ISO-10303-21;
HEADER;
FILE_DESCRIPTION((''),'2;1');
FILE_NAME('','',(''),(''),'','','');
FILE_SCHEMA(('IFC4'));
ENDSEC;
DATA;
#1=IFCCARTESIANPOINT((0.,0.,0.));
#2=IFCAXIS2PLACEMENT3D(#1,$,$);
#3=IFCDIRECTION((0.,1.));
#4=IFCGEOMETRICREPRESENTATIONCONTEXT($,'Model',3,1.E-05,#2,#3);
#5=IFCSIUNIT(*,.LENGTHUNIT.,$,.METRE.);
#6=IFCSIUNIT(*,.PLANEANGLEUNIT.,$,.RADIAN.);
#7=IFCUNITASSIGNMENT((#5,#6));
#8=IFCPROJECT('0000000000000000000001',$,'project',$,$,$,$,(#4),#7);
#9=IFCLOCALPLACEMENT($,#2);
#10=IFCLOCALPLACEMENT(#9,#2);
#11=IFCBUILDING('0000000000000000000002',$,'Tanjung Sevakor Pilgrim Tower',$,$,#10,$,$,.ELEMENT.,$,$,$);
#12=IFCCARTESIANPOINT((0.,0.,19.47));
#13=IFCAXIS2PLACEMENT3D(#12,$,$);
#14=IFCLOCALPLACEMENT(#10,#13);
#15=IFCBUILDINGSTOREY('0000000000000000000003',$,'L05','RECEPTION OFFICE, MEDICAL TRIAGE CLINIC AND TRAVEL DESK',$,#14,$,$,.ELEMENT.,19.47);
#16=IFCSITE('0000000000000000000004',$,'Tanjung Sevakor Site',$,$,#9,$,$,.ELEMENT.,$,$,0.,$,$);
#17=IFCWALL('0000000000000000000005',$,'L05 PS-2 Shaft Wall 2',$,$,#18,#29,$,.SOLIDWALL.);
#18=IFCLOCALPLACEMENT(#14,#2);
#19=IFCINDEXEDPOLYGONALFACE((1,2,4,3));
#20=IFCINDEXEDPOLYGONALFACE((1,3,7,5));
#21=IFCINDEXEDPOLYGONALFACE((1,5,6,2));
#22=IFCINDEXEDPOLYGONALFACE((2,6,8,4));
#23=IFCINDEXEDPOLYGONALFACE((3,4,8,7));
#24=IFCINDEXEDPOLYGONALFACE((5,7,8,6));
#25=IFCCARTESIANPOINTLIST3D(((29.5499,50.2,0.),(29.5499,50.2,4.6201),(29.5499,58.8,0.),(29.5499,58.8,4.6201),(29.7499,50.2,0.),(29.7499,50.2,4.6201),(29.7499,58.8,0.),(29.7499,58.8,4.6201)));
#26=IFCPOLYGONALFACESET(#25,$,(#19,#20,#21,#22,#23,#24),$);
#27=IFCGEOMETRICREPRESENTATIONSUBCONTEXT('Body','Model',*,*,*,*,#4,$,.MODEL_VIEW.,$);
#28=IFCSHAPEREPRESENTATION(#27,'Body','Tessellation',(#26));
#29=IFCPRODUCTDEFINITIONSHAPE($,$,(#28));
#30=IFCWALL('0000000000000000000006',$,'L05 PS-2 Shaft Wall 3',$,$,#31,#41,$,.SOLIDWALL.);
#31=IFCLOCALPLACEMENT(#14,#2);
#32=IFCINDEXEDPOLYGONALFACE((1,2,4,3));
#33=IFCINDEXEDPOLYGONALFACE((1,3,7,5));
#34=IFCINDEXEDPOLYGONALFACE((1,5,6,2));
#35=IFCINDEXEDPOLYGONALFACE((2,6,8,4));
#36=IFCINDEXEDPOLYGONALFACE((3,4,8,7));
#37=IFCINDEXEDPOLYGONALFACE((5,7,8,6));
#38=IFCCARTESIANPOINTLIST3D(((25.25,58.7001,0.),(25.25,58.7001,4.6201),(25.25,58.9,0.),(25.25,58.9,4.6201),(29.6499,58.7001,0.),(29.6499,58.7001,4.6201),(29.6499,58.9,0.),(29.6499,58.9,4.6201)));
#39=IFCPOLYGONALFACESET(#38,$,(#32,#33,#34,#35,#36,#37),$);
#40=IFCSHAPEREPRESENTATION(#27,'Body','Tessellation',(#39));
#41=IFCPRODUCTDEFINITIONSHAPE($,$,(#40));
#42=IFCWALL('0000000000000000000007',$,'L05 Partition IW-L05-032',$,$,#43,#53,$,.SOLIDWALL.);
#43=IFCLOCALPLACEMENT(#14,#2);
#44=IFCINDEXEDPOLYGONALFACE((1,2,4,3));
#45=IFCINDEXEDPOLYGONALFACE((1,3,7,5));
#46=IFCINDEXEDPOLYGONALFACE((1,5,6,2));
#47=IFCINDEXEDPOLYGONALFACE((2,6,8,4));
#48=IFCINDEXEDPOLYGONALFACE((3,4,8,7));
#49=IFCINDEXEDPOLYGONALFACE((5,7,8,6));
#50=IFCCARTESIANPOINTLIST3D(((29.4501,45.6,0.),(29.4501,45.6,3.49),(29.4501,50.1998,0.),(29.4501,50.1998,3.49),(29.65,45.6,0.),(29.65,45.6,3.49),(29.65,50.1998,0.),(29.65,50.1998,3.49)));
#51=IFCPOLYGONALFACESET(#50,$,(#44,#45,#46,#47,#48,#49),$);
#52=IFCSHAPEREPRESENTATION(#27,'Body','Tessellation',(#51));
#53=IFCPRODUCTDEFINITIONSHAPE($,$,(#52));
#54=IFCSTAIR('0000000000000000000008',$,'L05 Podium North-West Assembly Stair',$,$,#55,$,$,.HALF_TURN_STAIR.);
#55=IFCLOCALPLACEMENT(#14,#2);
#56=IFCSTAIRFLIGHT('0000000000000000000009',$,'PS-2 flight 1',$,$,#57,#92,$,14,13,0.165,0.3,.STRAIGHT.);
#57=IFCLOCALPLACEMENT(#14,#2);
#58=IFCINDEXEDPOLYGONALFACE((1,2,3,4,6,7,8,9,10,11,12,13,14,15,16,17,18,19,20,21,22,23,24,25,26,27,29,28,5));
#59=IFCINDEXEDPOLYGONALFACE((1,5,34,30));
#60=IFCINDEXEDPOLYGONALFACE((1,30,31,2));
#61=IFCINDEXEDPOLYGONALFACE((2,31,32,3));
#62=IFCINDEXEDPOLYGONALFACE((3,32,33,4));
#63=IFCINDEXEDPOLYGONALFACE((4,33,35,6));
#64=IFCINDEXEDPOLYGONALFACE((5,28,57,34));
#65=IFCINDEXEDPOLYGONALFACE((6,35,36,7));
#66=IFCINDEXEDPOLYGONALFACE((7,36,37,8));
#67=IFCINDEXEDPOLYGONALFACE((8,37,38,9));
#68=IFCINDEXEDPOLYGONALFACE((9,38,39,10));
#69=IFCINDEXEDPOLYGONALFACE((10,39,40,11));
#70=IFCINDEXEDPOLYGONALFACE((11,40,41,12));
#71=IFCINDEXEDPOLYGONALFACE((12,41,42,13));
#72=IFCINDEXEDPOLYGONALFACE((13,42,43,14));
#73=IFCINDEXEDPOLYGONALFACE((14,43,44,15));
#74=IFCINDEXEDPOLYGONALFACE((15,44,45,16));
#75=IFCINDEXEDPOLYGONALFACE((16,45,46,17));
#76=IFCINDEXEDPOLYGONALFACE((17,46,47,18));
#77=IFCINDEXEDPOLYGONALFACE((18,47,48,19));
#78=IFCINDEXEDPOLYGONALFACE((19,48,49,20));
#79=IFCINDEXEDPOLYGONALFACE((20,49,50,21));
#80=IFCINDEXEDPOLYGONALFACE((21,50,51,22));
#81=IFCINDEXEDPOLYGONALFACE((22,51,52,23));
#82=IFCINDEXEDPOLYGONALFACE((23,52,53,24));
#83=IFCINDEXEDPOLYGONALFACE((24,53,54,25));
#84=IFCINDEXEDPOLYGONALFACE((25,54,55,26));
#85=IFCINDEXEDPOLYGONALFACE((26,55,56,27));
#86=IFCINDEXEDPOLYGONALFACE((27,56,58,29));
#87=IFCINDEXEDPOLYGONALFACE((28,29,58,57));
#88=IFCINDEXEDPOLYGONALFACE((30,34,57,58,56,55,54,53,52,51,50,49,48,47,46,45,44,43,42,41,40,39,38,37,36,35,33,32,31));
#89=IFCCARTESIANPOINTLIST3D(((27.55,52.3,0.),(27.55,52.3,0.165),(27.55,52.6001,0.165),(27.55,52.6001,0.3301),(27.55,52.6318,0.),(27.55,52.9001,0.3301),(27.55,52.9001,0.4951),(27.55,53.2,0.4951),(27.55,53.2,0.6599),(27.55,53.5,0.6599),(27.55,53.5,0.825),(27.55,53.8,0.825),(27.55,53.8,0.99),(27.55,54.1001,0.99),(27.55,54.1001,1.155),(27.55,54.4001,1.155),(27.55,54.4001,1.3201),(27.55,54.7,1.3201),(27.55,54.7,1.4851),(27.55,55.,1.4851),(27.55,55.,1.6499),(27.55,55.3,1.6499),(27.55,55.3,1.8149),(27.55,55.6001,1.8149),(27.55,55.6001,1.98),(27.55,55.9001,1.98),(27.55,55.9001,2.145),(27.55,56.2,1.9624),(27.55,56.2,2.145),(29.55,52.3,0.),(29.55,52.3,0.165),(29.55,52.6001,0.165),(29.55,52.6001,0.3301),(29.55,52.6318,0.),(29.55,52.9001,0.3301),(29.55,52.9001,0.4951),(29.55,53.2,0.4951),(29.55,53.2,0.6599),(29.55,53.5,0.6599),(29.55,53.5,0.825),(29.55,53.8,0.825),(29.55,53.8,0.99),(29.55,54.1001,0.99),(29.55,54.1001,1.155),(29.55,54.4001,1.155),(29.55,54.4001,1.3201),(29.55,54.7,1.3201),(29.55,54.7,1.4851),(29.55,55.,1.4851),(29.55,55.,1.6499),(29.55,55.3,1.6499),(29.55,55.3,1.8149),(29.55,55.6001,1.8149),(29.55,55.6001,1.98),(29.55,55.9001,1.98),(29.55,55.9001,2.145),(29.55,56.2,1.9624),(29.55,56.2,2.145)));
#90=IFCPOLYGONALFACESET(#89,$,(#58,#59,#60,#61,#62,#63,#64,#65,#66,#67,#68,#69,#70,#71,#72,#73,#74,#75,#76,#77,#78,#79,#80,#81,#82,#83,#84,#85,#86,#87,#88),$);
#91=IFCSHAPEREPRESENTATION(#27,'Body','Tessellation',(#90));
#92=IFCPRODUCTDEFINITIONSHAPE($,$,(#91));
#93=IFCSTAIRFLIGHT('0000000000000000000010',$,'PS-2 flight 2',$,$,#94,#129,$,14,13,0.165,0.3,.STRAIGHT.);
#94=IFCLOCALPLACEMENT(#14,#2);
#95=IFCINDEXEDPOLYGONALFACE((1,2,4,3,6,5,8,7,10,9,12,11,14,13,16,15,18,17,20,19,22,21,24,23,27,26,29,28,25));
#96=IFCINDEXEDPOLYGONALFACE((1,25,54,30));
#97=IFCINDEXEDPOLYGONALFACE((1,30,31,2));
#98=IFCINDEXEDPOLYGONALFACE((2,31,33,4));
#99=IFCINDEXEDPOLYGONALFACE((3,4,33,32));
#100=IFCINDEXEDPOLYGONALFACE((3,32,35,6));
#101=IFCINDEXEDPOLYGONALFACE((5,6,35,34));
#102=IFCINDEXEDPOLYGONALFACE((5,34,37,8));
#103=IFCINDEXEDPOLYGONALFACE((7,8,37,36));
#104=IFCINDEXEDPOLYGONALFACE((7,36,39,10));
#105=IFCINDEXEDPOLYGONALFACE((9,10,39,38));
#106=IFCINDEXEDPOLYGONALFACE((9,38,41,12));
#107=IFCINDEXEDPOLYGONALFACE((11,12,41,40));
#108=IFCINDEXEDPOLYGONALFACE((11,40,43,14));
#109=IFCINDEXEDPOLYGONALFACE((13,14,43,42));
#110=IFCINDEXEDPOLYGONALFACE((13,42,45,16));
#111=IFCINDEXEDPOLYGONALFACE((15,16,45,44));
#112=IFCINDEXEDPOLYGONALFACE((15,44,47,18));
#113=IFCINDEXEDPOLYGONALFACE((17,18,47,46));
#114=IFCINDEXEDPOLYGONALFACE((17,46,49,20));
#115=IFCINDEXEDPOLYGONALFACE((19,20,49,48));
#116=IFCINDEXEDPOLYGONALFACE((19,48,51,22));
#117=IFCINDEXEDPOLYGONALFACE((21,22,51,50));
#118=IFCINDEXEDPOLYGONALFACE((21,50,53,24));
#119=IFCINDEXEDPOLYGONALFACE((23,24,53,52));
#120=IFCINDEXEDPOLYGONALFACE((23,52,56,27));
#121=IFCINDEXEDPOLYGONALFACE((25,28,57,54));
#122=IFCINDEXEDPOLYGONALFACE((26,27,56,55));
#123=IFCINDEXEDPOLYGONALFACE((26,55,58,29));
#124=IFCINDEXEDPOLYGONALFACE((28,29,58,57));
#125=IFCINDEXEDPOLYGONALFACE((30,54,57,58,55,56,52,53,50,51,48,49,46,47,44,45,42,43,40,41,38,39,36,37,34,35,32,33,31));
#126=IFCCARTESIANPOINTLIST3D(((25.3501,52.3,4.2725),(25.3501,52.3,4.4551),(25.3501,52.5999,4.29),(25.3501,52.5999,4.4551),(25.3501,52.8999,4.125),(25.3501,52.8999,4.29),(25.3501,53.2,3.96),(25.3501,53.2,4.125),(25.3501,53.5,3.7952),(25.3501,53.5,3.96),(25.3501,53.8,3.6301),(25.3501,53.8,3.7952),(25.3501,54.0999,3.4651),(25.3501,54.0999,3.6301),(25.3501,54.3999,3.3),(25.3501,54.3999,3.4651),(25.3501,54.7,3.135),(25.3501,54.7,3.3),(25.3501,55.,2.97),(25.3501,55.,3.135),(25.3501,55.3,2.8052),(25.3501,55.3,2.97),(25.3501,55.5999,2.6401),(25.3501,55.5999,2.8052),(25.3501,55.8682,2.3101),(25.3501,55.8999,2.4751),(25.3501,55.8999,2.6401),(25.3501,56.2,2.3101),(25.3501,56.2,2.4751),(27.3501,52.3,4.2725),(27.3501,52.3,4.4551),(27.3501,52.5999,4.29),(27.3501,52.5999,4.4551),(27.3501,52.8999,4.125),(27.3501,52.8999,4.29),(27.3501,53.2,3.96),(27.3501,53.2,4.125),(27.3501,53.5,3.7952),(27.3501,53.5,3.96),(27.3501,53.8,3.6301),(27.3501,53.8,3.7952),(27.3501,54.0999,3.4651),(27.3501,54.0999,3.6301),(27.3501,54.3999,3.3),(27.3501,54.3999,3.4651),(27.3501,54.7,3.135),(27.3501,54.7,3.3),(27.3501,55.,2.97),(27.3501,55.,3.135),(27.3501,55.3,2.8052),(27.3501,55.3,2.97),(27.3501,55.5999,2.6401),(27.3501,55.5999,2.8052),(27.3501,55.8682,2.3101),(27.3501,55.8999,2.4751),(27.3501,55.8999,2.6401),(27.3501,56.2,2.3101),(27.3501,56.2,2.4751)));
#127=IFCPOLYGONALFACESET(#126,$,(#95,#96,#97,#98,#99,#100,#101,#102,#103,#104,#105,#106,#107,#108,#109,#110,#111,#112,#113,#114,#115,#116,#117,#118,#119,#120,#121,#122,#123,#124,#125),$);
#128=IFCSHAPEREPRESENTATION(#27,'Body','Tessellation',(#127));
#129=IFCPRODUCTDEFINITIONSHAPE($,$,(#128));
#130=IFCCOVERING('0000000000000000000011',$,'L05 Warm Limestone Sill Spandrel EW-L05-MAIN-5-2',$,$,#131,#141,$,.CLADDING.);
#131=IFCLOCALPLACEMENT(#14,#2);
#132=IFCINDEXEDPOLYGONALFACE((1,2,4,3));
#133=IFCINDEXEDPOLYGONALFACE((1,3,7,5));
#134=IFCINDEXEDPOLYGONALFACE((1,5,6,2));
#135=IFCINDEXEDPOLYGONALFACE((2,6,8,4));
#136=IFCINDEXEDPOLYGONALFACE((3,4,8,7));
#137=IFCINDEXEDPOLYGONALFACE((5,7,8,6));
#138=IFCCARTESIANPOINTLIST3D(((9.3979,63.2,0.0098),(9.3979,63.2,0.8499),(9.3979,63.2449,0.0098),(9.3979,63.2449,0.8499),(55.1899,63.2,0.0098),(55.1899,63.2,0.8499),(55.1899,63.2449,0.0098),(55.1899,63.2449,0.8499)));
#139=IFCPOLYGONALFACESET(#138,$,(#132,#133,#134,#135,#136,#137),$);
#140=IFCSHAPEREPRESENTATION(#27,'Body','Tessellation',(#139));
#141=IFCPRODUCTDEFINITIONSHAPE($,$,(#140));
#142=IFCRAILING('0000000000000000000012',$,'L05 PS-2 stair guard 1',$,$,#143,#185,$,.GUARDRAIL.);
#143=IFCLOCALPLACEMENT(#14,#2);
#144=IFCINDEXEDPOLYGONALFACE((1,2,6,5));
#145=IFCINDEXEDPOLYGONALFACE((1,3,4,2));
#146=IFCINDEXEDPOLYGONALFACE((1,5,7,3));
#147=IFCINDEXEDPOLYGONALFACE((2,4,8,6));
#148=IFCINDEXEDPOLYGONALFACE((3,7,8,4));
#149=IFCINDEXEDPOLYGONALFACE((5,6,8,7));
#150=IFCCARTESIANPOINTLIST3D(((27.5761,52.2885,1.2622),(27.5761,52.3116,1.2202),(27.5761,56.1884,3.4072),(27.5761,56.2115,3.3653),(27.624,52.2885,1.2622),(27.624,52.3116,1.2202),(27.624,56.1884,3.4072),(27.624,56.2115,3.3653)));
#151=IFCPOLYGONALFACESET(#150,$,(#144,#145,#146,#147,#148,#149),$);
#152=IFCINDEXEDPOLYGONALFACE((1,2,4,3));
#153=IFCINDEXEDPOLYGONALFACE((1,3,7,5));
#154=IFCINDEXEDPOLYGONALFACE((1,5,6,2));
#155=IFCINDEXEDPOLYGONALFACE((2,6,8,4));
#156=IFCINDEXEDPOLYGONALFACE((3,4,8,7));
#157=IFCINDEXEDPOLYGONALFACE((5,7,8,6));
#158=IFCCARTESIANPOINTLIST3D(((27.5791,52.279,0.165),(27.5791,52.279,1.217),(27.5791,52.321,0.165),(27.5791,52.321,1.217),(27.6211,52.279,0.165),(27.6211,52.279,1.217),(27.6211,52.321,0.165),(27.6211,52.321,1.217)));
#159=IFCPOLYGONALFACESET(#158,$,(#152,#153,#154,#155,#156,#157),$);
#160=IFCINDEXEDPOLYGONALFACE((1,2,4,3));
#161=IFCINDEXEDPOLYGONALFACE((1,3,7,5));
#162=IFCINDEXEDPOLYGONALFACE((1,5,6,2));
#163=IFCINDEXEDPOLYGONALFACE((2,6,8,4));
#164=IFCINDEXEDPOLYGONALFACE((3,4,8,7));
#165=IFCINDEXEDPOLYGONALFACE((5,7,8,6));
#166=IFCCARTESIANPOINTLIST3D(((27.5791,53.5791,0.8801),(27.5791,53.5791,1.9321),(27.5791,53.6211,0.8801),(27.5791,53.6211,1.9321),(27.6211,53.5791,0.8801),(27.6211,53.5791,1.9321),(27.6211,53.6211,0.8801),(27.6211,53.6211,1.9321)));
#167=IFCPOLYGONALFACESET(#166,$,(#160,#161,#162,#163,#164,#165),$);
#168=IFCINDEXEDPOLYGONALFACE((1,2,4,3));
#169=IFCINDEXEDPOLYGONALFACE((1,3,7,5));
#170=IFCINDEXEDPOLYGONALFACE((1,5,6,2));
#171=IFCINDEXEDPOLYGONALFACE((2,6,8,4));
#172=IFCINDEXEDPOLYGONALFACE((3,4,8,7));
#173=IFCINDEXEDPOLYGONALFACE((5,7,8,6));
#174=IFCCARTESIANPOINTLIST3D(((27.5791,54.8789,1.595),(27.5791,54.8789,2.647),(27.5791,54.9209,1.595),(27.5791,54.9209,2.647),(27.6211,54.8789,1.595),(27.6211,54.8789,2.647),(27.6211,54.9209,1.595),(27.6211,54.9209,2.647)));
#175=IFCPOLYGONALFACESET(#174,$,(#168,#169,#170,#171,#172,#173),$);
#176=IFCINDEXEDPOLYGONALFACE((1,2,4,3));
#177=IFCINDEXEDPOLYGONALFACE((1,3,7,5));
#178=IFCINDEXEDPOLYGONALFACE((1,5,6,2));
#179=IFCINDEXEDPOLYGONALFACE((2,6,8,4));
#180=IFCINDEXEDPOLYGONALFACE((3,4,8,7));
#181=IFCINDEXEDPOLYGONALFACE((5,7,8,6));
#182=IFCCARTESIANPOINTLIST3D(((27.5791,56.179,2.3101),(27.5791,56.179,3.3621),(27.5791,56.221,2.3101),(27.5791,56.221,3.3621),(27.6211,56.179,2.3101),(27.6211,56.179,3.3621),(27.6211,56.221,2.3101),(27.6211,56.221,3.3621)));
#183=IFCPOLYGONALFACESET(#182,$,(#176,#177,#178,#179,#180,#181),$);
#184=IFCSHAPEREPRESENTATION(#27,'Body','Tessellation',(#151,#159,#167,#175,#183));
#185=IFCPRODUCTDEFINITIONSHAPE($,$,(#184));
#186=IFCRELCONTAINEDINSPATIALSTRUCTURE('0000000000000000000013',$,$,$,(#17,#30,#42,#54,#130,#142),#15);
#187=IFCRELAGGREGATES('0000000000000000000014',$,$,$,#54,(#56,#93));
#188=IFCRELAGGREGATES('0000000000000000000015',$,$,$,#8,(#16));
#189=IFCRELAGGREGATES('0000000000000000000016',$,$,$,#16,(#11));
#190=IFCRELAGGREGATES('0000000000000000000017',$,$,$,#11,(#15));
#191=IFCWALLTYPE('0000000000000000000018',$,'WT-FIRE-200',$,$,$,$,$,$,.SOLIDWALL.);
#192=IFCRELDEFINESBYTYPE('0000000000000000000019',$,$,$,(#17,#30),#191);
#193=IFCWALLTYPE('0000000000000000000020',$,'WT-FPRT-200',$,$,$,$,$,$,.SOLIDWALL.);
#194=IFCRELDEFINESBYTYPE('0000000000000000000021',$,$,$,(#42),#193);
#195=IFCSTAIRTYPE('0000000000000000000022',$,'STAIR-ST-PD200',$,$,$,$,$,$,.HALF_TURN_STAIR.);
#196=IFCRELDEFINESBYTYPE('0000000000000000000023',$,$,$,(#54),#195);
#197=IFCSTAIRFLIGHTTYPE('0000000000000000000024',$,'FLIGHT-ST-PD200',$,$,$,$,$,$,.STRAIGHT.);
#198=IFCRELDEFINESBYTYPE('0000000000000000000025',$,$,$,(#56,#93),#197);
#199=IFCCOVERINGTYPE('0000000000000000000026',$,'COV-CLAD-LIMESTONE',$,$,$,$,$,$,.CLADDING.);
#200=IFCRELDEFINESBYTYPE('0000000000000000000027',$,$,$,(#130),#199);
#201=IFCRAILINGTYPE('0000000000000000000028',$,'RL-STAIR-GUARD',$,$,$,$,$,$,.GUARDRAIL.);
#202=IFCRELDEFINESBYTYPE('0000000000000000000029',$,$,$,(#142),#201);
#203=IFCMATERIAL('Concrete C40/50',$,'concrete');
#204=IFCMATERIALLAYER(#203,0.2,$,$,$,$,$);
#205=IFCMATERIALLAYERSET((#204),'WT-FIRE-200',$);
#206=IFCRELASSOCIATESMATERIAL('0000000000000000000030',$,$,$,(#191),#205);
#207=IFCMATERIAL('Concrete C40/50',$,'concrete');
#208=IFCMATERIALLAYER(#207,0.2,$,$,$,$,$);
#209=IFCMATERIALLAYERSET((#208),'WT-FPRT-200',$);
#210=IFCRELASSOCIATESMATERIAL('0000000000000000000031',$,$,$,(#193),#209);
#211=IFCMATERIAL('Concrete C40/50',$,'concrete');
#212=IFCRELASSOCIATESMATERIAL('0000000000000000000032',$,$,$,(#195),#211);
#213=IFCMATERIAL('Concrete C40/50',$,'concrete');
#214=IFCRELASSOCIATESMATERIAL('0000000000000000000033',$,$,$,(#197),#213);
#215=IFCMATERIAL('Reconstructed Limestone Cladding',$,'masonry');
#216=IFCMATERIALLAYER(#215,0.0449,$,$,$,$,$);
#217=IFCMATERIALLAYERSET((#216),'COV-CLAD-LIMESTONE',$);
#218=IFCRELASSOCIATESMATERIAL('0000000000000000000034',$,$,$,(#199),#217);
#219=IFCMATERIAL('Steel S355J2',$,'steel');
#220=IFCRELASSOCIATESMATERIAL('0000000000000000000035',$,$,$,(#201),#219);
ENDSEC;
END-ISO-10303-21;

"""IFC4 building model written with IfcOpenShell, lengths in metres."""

from ifc_helpers import new_model, si_unit, direction, frame, frame_2d, origin, origin_2d, place, context, subcontext, project, spatial, polyline, rectangle, outline, extrude, material, layer, layer_set, type_object, element, aggregate, save


model = new_model("IFC4")

# Units and contexts
model_context = context("Model", 3, precision=1e-05, world=origin(), true_north=direction((0.0, 1.0)))
body_context = subcontext(model_context, "Body", "Model", "MODEL_VIEW")
ifc_project = project(units=[si_unit("LENGTHUNIT", "METRE"), si_unit("PLANEANGLEUNIT", "RADIAN")], contexts=[model_context])

# Site, building, storey
site_placement = place(None, origin())
site = spatial("IfcSite", under=ifc_project, at=site_placement, Name="Tanjung Sevakor Site", CompositionType="ELEMENT", RefElevation=0.0)
building_placement = place(site_placement, origin())
building = spatial("IfcBuilding", under=site, at=building_placement, Name="Tanjung Sevakor Pilgrim Tower", CompositionType="ELEMENT")
storey_placement = place(building_placement, frame((0.0, 0.0, 19.47)))
storey = spatial("IfcBuildingStorey", under=building, at=storey_placement, Name="L05", Description="RECEPTION OFFICE, MEDICAL TRIAGE CLINIC AND TRAVEL DESK", CompositionType="ELEMENT", Elevation=19.47)

# Walls
ifc_material_1 = material(Name="Concrete C40/50", Category="concrete")
ifc_layer_1 = layer(ifc_material_1, 0.2)
ifc_layer_set_1 = layer_set([ifc_layer_1], Name="WT-FIRE-200")
wall_type_1 = type_object("IfcWallType", Name="WT-FIRE-200", PredefinedType="SOLIDWALL", material=ifc_layer_set_1)
wall_1_placement = place(storey_placement, frame((29.6499, 50.2, 0.0), z_axis=(0.0, 0.0, 1.0), x_axis=(0.0, 1.0, 0.0)))
element("IfcWall", 1, at=wall_1_placement, inside=storey, type_object=wall_type_1, Name="L05 PS-2 Shaft Wall 2", PredefinedType="SOLIDWALL", context=body_context, shape_type="SweptSolid", body=[
    extrude(rectangle(XDim=8.6001, YDim=0.2, at=frame_2d((4.3, 0.0))), origin(), (0.0, 0.0, 1.0), 4.6201),
])
wall_2_placement = place(storey_placement, frame((29.6499, 58.8, 0.0), z_axis=(0.0, 0.0, 1.0), x_axis=(-1.0, 0.0, 0.0)))
element("IfcWall", 2, at=wall_2_placement, inside=storey, type_object=wall_type_1, Name="L05 PS-2 Shaft Wall 3", PredefinedType="SOLIDWALL", context=body_context, shape_type="SweptSolid", body=[
    extrude(rectangle(XDim=4.3999, YDim=0.2, at=frame_2d((2.2, 0.0))), origin(), (0.0, 0.0, 1.0), 4.6201),
])
ifc_material_2 = material(Name="Concrete C40/50", Category="concrete")
ifc_layer_2 = layer(ifc_material_2, 0.2)
ifc_layer_set_2 = layer_set([ifc_layer_2], Name="WT-FPRT-200")
wall_type_2 = type_object("IfcWallType", Name="WT-FPRT-200", PredefinedType="SOLIDWALL", material=ifc_layer_set_2)
wall_3_placement = place(storey_placement, frame((29.55, 45.6001, 0.0), z_axis=(0.0, 0.0, 1.0), x_axis=(0.0, 1.0, 0.0)))
element("IfcWall", 3, at=wall_3_placement, inside=storey, type_object=wall_type_2, Name="L05 Partition IW-L05-032", PredefinedType="SOLIDWALL", context=body_context, shape_type="SweptSolid", body=[
    extrude(rectangle(XDim=4.5999, YDim=0.2, at=frame_2d((2.2998, 0.0))), origin(), (0.0, 0.0, 1.0), 3.49),
])

# Stair, stair flights
ifc_material_3 = material(Name="Concrete C40/50", Category="concrete")
stair_type = type_object("IfcStairType", Name="STAIR-ST-PD200", PredefinedType="HALF_TURN_STAIR", material=ifc_material_3)
stair_placement = place(storey_placement, origin())
stair = element("IfcStair", 4, at=stair_placement, inside=storey, type_object=stair_type, Name="L05 Podium North-West Assembly Stair", PredefinedType="HALF_TURN_STAIR")
ifc_material_4 = material(Name="Concrete C40/50", Category="concrete")
stair_flight_type = type_object("IfcStairFlightType", Name="FLIGHT-ST-PD200", PredefinedType="STRAIGHT", material=ifc_material_4)
stair_flight_1_placement = place(storey_placement, frame((28.55, 52.3, 0.0), z_axis=(0.0, 0.0, 1.0), x_axis=(0.0, 1.0, 0.0)))
stair_flight_1 = element("IfcStairFlight", 5, at=stair_flight_1_placement, type_object=stair_flight_type, Name="PS-2 flight 1", NumberOfRisers=14, NumberOfTreads=13, PredefinedType="STRAIGHT", RiserHeight=0.165, TreadLength=0.3, context=body_context, shape_type="SweptSolid", body=[
    extrude(outline(polyline([(0.0, 0.0), (0.0, 0.165), (0.3, 0.165), (0.3, 0.3301), (0.6001, 0.3301), (0.6001, 0.4951), (0.8999, 0.4951), (0.8999, 0.6599), (1.2, 0.6599), (1.2, 0.825), (1.5, 0.825), (1.5, 0.99), (1.8, 0.99), (1.8, 1.155), (2.1001, 1.155), (2.1001, 1.3201), (2.3999, 1.3201), (2.3999, 1.4851), (2.7, 1.4851), (2.7, 1.6499), (3.0, 1.6499), (3.0, 1.8149), (3.3, 1.8149), (3.3, 1.98), (3.6001, 1.98), (3.6001, 2.145), (3.8999, 2.145), (3.8999, 2.3101), (3.8999, 1.9624), (0.3318, 0.0), (0.0, 0.0)])), frame((0.0, 1.0, 0.0), z_axis=(0.0, -1.0, 0.0), x_axis=(1.0, 0.0, 0.0)), (0.0, 0.0, 1.0), 2.0),
])
stair_flight_2_placement = place(storey_placement, frame((26.3501, 56.2, 2.3101), z_axis=(0.0, 0.0, 1.0), x_axis=(0.0, -1.0, 0.0)))
stair_flight_2 = element("IfcStairFlight", 6, at=stair_flight_2_placement, type_object=stair_flight_type, Name="PS-2 flight 2", NumberOfRisers=14, NumberOfTreads=13, PredefinedType="STRAIGHT", RiserHeight=0.165, TreadLength=0.3, context=body_context, shape_type="SweptSolid", body=[
    extrude(outline(polyline([(0.0, 0.0), (0.0, 0.165), (0.3, 0.165), (0.3, 0.3301), (0.6001, 0.3301), (0.6001, 0.4951), (0.8999, 0.4951), (0.8999, 0.6599), (1.2, 0.6599), (1.2, 0.825), (1.5, 0.825), (1.5, 0.99), (1.8, 0.99), (1.8, 1.155), (2.1001, 1.155), (2.1001, 1.3201), (2.3999, 1.3201), (2.3999, 1.4851), (2.7, 1.4851), (2.7, 1.6499), (3.0, 1.6499), (3.0, 1.8149), (3.3, 1.8149), (3.3, 1.98), (3.6001, 1.98), (3.6001, 2.145), (3.8999, 2.145), (3.8999, 2.3101), (3.8999, 1.9624), (0.3318, 0.0), (0.0, 0.0)])), frame((0.0, 1.0, 0.0), z_axis=(0.0, -1.0, 0.0), x_axis=(1.0, 0.0, 0.0)), (0.0, 0.0, 1.0), 2.0),
])
aggregate(stair, [stair_flight_1, stair_flight_2])

# Covering
ifc_material_5 = material(Name="Reconstructed Limestone Cladding", Category="masonry")
ifc_layer_3 = layer(ifc_material_5, 0.0449)
ifc_layer_set_3 = layer_set([ifc_layer_3], Name="COV-CLAD-LIMESTONE")
covering_type = type_object("IfcCoveringType", Name="COV-CLAD-LIMESTONE", PredefinedType="CLADDING", material=ifc_layer_set_3)
covering_placement = place(storey_placement, frame((32.2939, 63.2224, 0.0098), z_axis=(0.0, 0.0, 1.0), x_axis=(-1.0, 0.0, 0.0)))
element("IfcCovering", 7, at=covering_placement, inside=storey, type_object=covering_type, Name="L05 Warm Limestone Sill Spandrel EW-L05-MAIN-5-2", PredefinedType="CLADDING", context=body_context, shape_type="SweptSolid", body=[
    extrude(rectangle(XDim=45.792, YDim=0.0449, at=origin_2d()), origin(), (0.0, 0.0, 1.0), 0.8401),
])

# Railing
ifc_material_6 = material(Name="Steel S355J2", Category="steel")
railing_type_1 = type_object("IfcRailingType", Name="RL-STAIR-GUARD", PredefinedType="GUARDRAIL", material=ifc_material_6)
railing_1_placement = place(storey_placement, frame((27.6001, 52.3, 0.165)))
element("IfcRailing", 8, at=railing_1_placement, inside=storey, type_object=railing_type_1, Name="L05 PS-2 stair guard 1", PredefinedType="GUARDRAIL", context=body_context, shape_type="SweptSolid", body=[
    extrude(rectangle(XDim=0.0479, YDim=0.0479), frame((0.0, 0.0, 1.0762), z_axis=(0.0, 0.876209, 0.481931), x_axis=(-1.0, 0.0, 0.0)), (0.0, 0.0, 1.0), 4.4509),
    extrude(rectangle(XDim=0.042, YDim=0.042), origin(), (0.0, 0.0, 1.0), 1.052),
    extrude(rectangle(XDim=0.042, YDim=0.042), frame((0.0, 1.3, 0.7151)), (0.0, 0.0, 1.0), 1.052),
    extrude(rectangle(XDim=0.042, YDim=0.042), frame((0.0, 2.5999, 1.4299)), (0.0, 0.0, 1.0), 1.052),
    extrude(rectangle(XDim=0.042, YDim=0.042), frame((0.0, 3.8999, 2.145)), (0.0, 0.0, 1.0), 1.052),
])

save(model, "model.ifc")
